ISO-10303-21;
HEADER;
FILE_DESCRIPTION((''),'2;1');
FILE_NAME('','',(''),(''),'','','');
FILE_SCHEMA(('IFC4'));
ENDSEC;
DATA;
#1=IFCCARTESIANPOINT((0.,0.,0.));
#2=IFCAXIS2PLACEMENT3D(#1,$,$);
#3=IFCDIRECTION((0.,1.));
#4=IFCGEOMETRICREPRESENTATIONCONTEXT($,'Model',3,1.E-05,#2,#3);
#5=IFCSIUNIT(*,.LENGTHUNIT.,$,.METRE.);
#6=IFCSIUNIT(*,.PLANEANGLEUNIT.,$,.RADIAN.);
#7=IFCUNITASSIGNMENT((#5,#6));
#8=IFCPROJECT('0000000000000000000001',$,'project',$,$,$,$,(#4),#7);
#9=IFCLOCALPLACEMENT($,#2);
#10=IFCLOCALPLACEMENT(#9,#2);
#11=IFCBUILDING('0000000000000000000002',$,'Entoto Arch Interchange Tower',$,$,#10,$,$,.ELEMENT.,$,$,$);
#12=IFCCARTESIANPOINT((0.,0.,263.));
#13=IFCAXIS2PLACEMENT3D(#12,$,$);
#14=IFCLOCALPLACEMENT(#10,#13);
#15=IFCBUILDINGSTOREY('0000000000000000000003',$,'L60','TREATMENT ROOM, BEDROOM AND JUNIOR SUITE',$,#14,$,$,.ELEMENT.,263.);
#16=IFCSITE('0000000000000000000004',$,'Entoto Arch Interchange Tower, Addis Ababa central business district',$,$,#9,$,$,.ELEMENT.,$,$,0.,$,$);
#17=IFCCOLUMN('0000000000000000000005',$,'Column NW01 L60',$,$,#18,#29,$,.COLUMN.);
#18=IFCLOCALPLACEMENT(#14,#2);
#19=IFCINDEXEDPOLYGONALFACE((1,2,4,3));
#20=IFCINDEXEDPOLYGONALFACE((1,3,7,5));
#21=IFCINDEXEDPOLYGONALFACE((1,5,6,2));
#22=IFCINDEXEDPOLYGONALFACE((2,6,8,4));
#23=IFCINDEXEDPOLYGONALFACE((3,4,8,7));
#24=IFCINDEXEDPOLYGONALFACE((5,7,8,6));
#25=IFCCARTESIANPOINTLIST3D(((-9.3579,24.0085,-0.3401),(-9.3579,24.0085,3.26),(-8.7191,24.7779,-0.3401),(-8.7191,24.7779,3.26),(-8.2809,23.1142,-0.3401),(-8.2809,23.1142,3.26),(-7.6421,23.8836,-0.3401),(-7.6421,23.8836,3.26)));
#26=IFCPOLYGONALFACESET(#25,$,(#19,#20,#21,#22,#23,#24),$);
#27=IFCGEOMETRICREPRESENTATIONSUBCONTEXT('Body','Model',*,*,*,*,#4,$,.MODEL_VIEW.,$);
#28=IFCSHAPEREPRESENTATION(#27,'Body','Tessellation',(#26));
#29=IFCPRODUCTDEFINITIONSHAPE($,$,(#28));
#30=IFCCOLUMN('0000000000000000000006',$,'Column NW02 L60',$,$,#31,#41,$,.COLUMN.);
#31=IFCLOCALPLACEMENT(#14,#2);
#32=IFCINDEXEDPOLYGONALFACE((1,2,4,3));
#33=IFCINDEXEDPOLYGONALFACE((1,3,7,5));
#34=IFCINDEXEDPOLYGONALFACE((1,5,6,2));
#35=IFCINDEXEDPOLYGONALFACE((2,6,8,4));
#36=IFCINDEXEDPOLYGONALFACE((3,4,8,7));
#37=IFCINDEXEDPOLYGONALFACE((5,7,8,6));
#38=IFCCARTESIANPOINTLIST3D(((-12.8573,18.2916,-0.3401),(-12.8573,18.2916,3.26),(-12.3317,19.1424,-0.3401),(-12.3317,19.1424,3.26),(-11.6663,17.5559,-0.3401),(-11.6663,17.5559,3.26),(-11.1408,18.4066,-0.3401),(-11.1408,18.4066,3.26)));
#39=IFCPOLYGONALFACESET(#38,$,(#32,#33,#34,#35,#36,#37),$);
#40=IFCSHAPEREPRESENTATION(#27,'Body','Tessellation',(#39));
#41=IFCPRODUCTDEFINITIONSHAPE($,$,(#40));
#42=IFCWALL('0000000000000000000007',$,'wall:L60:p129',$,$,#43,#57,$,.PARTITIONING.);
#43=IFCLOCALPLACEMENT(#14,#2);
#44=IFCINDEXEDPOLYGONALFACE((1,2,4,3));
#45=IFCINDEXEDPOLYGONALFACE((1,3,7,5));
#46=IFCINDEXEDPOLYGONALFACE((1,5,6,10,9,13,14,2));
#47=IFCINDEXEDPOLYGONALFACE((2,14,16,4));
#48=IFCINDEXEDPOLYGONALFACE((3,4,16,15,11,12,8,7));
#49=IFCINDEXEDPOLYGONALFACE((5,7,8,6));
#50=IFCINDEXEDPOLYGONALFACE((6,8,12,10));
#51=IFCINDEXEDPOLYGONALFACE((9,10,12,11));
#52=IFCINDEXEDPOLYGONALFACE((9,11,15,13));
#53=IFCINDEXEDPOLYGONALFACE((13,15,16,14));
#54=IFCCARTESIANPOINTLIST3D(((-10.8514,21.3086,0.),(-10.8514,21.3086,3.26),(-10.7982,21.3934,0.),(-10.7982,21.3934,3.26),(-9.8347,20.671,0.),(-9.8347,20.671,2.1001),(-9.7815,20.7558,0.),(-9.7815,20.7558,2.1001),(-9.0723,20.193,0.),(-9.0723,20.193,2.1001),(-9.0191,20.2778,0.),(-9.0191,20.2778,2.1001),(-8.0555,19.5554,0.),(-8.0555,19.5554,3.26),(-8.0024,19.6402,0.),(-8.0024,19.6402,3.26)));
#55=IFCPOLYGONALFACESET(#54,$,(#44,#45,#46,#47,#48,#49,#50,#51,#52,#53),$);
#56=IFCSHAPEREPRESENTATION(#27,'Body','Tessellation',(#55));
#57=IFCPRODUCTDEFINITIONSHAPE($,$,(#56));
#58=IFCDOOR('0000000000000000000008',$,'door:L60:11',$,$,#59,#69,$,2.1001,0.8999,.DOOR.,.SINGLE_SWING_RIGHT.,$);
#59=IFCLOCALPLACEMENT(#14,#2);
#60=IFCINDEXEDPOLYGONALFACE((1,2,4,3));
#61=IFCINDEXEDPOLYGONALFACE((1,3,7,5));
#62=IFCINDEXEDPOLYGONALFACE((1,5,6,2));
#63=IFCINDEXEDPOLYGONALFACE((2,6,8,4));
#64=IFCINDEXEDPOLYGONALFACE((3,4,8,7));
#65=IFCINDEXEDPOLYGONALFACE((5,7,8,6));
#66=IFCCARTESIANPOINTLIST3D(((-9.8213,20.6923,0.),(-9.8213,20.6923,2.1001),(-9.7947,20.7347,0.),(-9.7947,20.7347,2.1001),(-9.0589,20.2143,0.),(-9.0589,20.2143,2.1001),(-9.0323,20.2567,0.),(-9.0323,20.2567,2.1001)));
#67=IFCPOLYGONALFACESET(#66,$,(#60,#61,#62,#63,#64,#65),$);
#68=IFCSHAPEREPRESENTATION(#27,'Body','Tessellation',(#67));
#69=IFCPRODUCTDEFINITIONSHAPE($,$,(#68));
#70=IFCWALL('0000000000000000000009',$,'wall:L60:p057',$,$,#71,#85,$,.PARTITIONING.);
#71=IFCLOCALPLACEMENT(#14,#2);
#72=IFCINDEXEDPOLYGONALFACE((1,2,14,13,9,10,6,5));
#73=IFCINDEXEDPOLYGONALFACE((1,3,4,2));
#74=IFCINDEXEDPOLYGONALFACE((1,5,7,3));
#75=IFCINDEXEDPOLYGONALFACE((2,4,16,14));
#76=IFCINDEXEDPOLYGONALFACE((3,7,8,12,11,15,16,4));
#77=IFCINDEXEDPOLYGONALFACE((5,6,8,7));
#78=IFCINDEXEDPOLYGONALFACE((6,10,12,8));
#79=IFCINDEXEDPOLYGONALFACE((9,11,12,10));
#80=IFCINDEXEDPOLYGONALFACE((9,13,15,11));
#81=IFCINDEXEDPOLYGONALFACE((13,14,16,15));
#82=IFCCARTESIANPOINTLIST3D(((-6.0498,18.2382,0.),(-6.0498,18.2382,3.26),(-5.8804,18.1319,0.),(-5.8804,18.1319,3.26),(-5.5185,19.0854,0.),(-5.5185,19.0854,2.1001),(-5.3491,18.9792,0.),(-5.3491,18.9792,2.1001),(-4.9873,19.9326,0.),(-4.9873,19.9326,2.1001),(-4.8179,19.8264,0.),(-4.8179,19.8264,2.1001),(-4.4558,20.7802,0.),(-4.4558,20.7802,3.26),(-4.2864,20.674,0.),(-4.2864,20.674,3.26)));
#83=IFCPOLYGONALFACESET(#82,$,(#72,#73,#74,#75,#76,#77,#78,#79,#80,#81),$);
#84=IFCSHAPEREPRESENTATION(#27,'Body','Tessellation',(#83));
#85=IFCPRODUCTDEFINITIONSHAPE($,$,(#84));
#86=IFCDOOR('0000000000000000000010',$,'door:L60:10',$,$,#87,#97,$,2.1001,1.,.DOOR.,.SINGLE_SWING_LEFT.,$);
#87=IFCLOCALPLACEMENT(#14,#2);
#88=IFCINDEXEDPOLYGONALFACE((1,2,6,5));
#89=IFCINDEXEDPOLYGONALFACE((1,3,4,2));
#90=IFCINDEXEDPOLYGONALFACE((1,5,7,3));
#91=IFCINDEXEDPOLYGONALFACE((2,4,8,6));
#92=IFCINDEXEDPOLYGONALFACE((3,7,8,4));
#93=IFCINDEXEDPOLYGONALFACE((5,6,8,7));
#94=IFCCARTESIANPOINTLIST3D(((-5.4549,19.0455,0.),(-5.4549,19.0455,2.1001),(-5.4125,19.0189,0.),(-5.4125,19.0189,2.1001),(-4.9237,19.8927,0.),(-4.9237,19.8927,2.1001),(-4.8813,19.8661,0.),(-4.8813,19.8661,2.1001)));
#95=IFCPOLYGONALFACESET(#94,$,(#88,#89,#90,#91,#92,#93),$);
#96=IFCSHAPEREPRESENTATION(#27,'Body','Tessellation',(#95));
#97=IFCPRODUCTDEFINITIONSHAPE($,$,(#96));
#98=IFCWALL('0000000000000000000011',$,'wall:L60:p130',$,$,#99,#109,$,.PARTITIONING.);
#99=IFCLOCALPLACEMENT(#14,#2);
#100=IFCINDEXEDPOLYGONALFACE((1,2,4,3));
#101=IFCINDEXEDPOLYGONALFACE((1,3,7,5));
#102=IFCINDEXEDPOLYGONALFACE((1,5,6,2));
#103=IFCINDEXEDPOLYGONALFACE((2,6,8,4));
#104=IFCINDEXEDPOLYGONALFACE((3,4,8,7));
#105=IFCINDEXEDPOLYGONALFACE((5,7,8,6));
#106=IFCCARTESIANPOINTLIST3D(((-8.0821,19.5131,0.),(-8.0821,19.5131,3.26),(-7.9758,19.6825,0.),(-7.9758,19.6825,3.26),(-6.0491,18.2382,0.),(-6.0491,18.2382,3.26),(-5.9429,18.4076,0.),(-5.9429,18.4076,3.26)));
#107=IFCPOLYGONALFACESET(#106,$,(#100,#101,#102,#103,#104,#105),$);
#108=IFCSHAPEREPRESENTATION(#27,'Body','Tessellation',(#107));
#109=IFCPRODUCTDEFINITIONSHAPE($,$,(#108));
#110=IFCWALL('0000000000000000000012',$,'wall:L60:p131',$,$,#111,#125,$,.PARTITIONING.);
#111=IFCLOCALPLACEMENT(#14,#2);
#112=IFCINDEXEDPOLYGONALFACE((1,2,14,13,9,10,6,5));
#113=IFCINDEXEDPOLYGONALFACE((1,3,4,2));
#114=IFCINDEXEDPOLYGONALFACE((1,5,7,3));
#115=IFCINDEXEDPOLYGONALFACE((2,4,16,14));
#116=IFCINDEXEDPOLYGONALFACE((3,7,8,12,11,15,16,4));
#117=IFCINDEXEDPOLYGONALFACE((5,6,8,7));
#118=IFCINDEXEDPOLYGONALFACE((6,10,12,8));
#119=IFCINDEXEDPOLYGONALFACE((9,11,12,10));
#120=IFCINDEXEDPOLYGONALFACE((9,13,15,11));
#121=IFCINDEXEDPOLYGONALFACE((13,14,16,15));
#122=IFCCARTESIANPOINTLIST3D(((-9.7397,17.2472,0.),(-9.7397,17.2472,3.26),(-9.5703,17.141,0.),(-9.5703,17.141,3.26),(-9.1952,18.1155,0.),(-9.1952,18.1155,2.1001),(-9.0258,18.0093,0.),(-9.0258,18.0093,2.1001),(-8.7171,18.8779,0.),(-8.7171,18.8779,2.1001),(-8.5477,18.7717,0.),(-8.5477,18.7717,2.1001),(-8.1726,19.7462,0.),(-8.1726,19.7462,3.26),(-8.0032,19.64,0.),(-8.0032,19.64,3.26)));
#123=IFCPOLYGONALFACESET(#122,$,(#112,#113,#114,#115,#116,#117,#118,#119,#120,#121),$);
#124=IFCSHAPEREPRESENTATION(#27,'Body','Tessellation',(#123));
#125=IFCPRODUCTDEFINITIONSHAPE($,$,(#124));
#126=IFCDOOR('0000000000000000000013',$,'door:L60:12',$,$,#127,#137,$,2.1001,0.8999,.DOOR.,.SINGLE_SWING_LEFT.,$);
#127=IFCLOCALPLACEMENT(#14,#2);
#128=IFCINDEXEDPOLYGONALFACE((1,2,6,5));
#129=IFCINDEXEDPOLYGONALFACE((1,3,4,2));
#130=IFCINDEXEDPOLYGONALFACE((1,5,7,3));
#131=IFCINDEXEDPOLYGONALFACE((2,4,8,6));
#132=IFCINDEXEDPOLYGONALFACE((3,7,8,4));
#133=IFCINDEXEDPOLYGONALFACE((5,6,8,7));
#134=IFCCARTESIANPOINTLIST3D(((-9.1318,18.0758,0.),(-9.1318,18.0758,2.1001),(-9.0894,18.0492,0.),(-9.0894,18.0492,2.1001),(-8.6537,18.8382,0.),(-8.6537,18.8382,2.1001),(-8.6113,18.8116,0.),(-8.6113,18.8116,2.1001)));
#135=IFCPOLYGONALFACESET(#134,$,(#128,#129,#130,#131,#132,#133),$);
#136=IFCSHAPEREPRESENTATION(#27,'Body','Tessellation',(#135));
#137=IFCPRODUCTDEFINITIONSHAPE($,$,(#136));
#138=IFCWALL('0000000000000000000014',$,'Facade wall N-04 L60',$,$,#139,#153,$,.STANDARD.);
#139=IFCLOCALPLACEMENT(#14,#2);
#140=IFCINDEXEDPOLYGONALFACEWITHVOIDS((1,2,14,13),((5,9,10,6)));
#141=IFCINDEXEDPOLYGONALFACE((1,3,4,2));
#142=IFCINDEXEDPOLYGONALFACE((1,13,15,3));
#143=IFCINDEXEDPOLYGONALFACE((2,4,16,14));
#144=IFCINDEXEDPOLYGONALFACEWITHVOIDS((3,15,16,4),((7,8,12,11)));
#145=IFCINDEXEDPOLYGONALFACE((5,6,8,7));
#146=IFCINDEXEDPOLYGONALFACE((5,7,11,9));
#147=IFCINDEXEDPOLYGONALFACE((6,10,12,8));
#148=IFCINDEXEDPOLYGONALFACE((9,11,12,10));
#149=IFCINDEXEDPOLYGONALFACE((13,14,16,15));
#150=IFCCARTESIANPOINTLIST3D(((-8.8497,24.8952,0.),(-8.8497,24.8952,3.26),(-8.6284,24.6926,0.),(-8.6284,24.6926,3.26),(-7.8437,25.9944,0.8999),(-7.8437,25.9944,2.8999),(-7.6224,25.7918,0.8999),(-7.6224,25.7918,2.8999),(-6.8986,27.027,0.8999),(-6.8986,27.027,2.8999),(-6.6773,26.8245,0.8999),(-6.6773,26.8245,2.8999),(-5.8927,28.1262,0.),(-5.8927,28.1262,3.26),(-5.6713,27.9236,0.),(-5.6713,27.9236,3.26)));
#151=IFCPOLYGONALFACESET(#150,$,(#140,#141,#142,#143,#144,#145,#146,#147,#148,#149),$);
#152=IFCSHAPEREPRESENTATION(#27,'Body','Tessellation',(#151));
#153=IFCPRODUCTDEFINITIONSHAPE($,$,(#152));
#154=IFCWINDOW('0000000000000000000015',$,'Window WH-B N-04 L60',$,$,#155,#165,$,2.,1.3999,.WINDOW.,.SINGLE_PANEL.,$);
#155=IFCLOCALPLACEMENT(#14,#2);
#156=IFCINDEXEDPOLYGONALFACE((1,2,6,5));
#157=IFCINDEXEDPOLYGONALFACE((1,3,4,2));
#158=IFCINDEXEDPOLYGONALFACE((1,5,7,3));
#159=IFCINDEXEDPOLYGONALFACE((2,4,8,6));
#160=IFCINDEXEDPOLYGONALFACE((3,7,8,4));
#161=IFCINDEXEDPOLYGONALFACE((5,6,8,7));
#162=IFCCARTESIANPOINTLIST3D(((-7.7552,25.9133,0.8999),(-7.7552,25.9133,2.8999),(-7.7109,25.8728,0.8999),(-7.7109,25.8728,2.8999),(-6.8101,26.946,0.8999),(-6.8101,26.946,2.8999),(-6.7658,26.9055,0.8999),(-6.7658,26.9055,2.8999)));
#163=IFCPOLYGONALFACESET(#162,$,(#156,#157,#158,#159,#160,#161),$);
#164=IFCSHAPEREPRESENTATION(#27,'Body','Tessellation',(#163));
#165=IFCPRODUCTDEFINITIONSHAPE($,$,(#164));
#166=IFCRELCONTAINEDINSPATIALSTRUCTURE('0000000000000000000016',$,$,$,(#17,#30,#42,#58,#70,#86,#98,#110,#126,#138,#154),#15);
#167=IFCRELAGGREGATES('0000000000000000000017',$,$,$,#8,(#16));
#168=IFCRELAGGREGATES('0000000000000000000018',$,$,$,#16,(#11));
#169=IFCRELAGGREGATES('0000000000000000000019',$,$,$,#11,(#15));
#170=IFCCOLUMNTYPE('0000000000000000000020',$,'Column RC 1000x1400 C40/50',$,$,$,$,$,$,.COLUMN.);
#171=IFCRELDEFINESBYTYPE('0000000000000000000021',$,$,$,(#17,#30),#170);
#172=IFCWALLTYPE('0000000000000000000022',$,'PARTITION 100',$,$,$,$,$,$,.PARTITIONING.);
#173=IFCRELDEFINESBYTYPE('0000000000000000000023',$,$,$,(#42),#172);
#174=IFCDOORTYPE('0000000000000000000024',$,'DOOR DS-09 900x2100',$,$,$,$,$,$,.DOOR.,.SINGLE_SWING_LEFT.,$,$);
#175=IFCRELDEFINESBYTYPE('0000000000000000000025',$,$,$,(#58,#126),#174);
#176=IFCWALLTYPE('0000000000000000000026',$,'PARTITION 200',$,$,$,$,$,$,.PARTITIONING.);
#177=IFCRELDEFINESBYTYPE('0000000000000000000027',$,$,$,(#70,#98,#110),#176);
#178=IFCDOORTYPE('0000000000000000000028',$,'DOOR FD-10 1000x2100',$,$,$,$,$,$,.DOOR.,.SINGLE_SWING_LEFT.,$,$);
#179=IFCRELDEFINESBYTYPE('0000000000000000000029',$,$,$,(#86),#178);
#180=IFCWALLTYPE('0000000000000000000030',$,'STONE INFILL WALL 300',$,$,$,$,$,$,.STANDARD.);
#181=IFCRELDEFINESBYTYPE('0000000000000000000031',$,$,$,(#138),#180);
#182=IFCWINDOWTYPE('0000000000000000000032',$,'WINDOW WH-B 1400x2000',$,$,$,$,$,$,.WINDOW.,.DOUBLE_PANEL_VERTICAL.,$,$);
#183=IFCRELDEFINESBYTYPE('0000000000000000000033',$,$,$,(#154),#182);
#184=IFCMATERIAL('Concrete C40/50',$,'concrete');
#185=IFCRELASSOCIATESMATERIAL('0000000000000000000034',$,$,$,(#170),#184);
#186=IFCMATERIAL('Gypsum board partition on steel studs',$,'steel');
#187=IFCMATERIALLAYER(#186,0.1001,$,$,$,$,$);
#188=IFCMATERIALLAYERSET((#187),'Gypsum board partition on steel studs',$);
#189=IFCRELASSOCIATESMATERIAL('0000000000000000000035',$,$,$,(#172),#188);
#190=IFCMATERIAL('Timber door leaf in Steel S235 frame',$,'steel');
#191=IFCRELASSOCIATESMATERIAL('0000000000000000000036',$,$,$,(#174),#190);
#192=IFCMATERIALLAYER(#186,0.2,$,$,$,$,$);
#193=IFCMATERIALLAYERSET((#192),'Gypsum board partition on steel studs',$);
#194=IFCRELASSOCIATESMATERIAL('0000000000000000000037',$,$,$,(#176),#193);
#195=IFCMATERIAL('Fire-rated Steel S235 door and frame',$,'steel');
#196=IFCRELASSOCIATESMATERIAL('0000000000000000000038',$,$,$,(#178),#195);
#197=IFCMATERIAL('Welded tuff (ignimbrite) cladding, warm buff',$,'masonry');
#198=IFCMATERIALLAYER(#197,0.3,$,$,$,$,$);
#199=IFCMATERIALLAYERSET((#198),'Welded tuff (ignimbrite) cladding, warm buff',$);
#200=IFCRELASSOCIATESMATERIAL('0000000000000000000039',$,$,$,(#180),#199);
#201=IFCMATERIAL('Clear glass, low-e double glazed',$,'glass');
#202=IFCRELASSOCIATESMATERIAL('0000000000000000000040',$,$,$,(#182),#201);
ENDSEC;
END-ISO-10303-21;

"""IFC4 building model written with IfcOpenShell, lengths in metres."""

from ifc_helpers import new_model, si_unit, direction, frame, frame_2d, origin, origin_2d, place, context, subcontext, project, spatial, rectangle, extrude, material, layer, layer_set, material_profile, profile_set, type_object, element, fill, save


model = new_model("IFC4")

# Units and contexts
model_context = context("Model", 3, precision=1e-05, world=origin(), true_north=direction((0.0, 1.0)))
body_context = subcontext(model_context, "Body", "Model", "MODEL_VIEW")
ifc_project = project(units=[si_unit("LENGTHUNIT", "METRE"), si_unit("PLANEANGLEUNIT", "RADIAN")], contexts=[model_context])

# Site, building, storey
site_placement = place(None, origin())
site = spatial("IfcSite", under=ifc_project, at=site_placement, Name="Entoto Arch Interchange Tower, Addis Ababa central business district", CompositionType="ELEMENT", RefElevation=0.0)
building_placement = place(site_placement, origin())
building = spatial("IfcBuilding", under=site, at=building_placement, Name="Entoto Arch Interchange Tower", CompositionType="ELEMENT")
storey_placement = place(building_placement, frame((0.0, 0.0, 263.0)))
storey = spatial("IfcBuildingStorey", under=building, at=storey_placement, Name="L60", Description="TREATMENT ROOM, BEDROOM AND JUNIOR SUITE", CompositionType="ELEMENT", Elevation=263.0)

# Columns
ifc_material_1 = material(Name="Concrete C40/50", Category="concrete")
ifc_material_profile = material_profile(ifc_material_1, rectangle(XDim=1.0, YDim=1.3999, at=origin_2d()))
ifc_profile_set = profile_set([ifc_material_profile], Name="Concrete C40/50")
column_type = type_object("IfcColumnType", Name="Column RC 1000x1400 C40/50", PredefinedType="COLUMN", material=ifc_profile_set)
for number, where, z_axis, x_axis, name in (
    (1, (-8.5, 23.946, -0.3401), (0.0, 0.0, 1.0), (0.638835, 0.769344, 0.0), "Column NW01 L60"),
    (2, (-11.999, 18.3491, -0.3401), (0.0, 0.0, 1.0), (0.525576, 0.850747, 0.0), "Column NW02 L60"),
):
    element("IfcColumn", number, at=place(storey_placement, frame(where, z_axis=z_axis, x_axis=x_axis)), inside=storey, type_object=column_type, Name=name, PredefinedType="COLUMN", context=body_context, shape_type="SweptSolid", body=[
        extrude(rectangle(XDim=1.0, YDim=1.3999, at=origin_2d()), origin(), (0.0, 0.0, 1.0), 3.6001),
    ])

# Walls, openings, doors
ifc_material_2 = material(Name="Gypsum board partition on steel studs", Category="steel")
ifc_layer_1 = layer(ifc_material_2, 0.1001)
ifc_layer_set_1 = layer_set([ifc_layer_1], Name="Gypsum board partition on steel studs")
wall_type_1 = type_object("IfcWallType", Name="PARTITION 100", PredefinedType="PARTITIONING", material=ifc_layer_set_1)
wall_1_placement = place(storey_placement, frame((-8.0291, 19.5979, 0.0), z_axis=(0.0, 0.0, 1.0), x_axis=(-0.847216, 0.531249, 0.0)))
wall_1 = element("IfcWall", 3, at=wall_1_placement, inside=storey, type_object=wall_type_1, Name="wall:L60:p129", PredefinedType="PARTITIONING", context=body_context, shape_type="SweptSolid", body=[
    extrude(rectangle(XDim=3.3, YDim=0.1001, at=frame_2d((1.6499, 0.0))), origin(), (0.0, 0.0, 1.0), 3.26),
])
opening_1_placement = place(wall_1_placement, frame((1.2, 0.0, 0.0)))
opening_1 = element("IfcOpeningElement", 4, at=opening_1_placement, cuts=wall_1, PredefinedType="OPENING", context=body_context, shape_type="SweptSolid", body=[
    extrude(rectangle(XDim=0.8999, YDim=2.1001, at=frame_2d((0.45, 1.05))), frame((0.0, 0.0601, 0.0), z_axis=(0.0, -1.0, 0.0), x_axis=(1.0, 0.0, 0.0)), (0.0, 0.0, 1.0), 0.1201),
])
ifc_material_3 = material(Name="Timber door leaf in Steel S235 frame", Category="steel")
door_type_1 = type_object("IfcDoorType", Name="DOOR DS-09 900x2100", OperationType="SINGLE_SWING_LEFT", PredefinedType="DOOR", material=ifc_material_3)
door_1_placement = place(opening_1_placement, origin())
door_1 = element("IfcDoor", 5, at=door_1_placement, inside=storey, type_object=door_type_1, Name="door:L60:11", OperationType="SINGLE_SWING_RIGHT", OverallHeight=2.1001, OverallWidth=0.8999, PredefinedType="DOOR", context=body_context, shape_type="SweptSolid", body=[
    extrude(rectangle(XDim=0.8999, YDim=2.1001, at=frame_2d((0.45, 1.05))), frame((0.0, 0.0249, 0.0), z_axis=(0.0, -1.0, 0.0), x_axis=(1.0, 0.0, 0.0)), (0.0, 0.0, 1.0), 0.05),
])
fill(opening_1, door_1)
ifc_layer_2 = layer(ifc_material_2, 0.2)
ifc_layer_set_2 = layer_set([ifc_layer_2], Name="Gypsum board partition on steel studs")
wall_type_2 = type_object("IfcWallType", Name="PARTITION 200", PredefinedType="PARTITIONING", material=ifc_layer_set_2)
wall_2_placement = place(storey_placement, frame((-5.9651, 18.1851, 0.0), z_axis=(0.0, 0.0, 1.0), x_axis=(0.531256, 0.847211, 0.0)))
wall_2 = element("IfcWall", 6, at=wall_2_placement, inside=storey, type_object=wall_type_2, Name="wall:L60:p057", PredefinedType="PARTITIONING", context=body_context, shape_type="SweptSolid", body=[
    extrude(rectangle(XDim=3.0005, YDim=0.2, at=frame_2d((1.5002, 0.0))), origin(), (0.0, 0.0, 1.0), 3.26),
])
opening_2_placement = place(wall_2_placement, frame((1.0, 0.0, 0.0)))
opening_2 = element("IfcOpeningElement", 7, at=opening_2_placement, cuts=wall_2, PredefinedType="OPENING", context=body_context, shape_type="SweptSolid", body=[
    extrude(rectangle(XDim=1.0, YDim=2.1001, at=frame_2d((0.5, 1.05))), frame((0.0, 0.1099, 0.0), z_axis=(0.0, -1.0, 0.0), x_axis=(1.0, 0.0, 0.0)), (0.0, 0.0, 1.0), 0.22),
])
ifc_material_4 = material(Name="Fire-rated Steel S235 door and frame", Category="steel")
door_type_2 = type_object("IfcDoorType", Name="DOOR FD-10 1000x2100", OperationType="SINGLE_SWING_LEFT", PredefinedType="DOOR", material=ifc_material_4)
door_2_placement = place(opening_2_placement, origin())
door_2 = element("IfcDoor", 8, at=door_2_placement, inside=storey, type_object=door_type_2, Name="door:L60:10", OperationType="SINGLE_SWING_LEFT", OverallHeight=2.1001, OverallWidth=1.0, PredefinedType="DOOR", context=body_context, shape_type="SweptSolid", body=[
    extrude(rectangle(XDim=1.0, YDim=2.1001, at=frame_2d((0.5, 1.05))), frame((0.0, 0.0249, 0.0), z_axis=(0.0, -1.0, 0.0), x_axis=(1.0, 0.0, 0.0)), (0.0, 0.0, 1.0), 0.05),
])
fill(opening_2, door_2)

# Wall
wall_3_placement = place(storey_placement, frame((-5.9961, 18.323, 0.0), z_axis=(0.0, 0.0, 1.0), x_axis=(-0.847191, 0.531288, 0.0)))
element("IfcWall", 9, at=wall_3_placement, inside=storey, type_object=wall_type_2, Name="wall:L60:p130", PredefinedType="PARTITIONING", context=body_context, shape_type="SweptSolid", body=[
    extrude(rectangle(XDim=2.3997, YDim=0.2, at=frame_2d((1.1997, 0.0))), origin(), (0.0, 0.0, 1.0), 3.26),
])

# Wall, opening, door
wall_4_placement = place(storey_placement, frame((-8.0879, 19.6931, 0.0), z_axis=(0.0, 0.0, 1.0), x_axis=(-0.531278, -0.847198, 0.0)))
wall_4 = element("IfcWall", 10, at=wall_4_placement, inside=storey, type_object=wall_type_2, Name="wall:L60:p131", PredefinedType="PARTITIONING", context=body_context, shape_type="SweptSolid", body=[
    extrude(rectangle(XDim=2.9497, YDim=0.2, at=frame_2d((1.4749, 0.0))), origin(), (0.0, 0.0, 1.0), 3.26),
])
opening_3_placement = place(wall_4_placement, frame((1.0249, 0.0, 0.0)))
opening_3 = element("IfcOpeningElement", 11, at=opening_3_placement, cuts=wall_4, PredefinedType="OPENING", context=body_context, shape_type="SweptSolid", body=[
    extrude(rectangle(XDim=0.8999, YDim=2.1001, at=frame_2d((0.45, 1.05))), frame((0.0, 0.1099, 0.0), z_axis=(0.0, -1.0, 0.0), x_axis=(1.0, 0.0, 0.0)), (0.0, 0.0, 1.0), 0.22),
])
door_3_placement = place(opening_3_placement, origin())
door_3 = element("IfcDoor", 12, at=door_3_placement, inside=storey, type_object=door_type_1, Name="door:L60:12", OperationType="SINGLE_SWING_LEFT", OverallHeight=2.1001, OverallWidth=0.8999, PredefinedType="DOOR", context=body_context, shape_type="SweptSolid", body=[
    extrude(rectangle(XDim=0.8999, YDim=2.1001, at=frame_2d((0.45, 1.05))), frame((0.0, 0.0249, 0.0), z_axis=(0.0, -1.0, 0.0), x_axis=(1.0, 0.0, 0.0)), (0.0, 0.0, 1.0), 0.05),
])
fill(opening_3, door_3)

# Wall, opening, window
ifc_material_5 = material(Name="Welded tuff (ignimbrite) cladding, warm buff", Category="masonry")
ifc_layer_3 = layer(ifc_material_5, 0.3)
ifc_layer_set_3 = layer_set([ifc_layer_3], Name="Welded tuff (ignimbrite) cladding, warm buff")
wall_type_3 = type_object("IfcWallType", Name="STONE INFILL WALL 300", PredefinedType="STANDARD", material=ifc_layer_set_3)
wall_5_placement = place(storey_placement, frame((-5.782, 28.0249, 0.0), z_axis=(0.0, 0.0, 1.0), x_axis=(-0.675144, -0.737686, 0.0)))
wall_5 = element("IfcWall", 13, at=wall_5_placement, inside=storey, type_object=wall_type_3, Name="Facade wall N-04 L60", PredefinedType="STANDARD", context=body_context, shape_type="SweptSolid", body=[
    extrude(rectangle(XDim=4.3799, YDim=0.3, at=frame_2d((2.1899, 0.0))), origin(), (0.0, 0.0, 1.0), 3.26),
])
opening_4_placement = place(wall_5_placement, frame((1.49, 0.0, 0.8999)))
opening_4 = element("IfcOpeningElement", 14, at=opening_4_placement, cuts=wall_5, PredefinedType="OPENING", context=body_context, shape_type="SweptSolid", body=[
    extrude(rectangle(XDim=1.3999, YDim=2.0, at=frame_2d((0.7, 1.0))), frame((0.0, 0.1602, 0.0), z_axis=(0.0, -1.0, 0.0), x_axis=(1.0, 0.0, 0.0)), (0.0, 0.0, 1.0), 0.3201),
])
ifc_material_6 = material(Name="Clear glass, low-e double glazed", Category="glass")
window_type_1 = type_object("IfcWindowType", Name="WINDOW WH-B 1400x2000", PartitioningType="DOUBLE_PANEL_VERTICAL", PredefinedType="WINDOW", material=ifc_material_6)
window_1_placement = place(opening_4_placement, origin())
window_1 = element("IfcWindow", 15, at=window_1_placement, inside=storey, type_object=window_type_1, Name="Window WH-B N-04 L60", OverallHeight=2.0, OverallWidth=1.3999, PartitioningType="SINGLE_PANEL", PredefinedType="WINDOW", context=body_context, shape_type="SweptSolid", body=[
    extrude(rectangle(XDim=1.3999, YDim=2.0, at=frame_2d((0.7, 1.0))), frame((0.0, 0.03, 0.0), z_axis=(0.0, -1.0, 0.0), x_axis=(1.0, 0.0, 0.0)), (0.0, 0.0, 1.0), 0.0601),
])
fill(opening_4, window_1)

save(model, "model.ifc")
